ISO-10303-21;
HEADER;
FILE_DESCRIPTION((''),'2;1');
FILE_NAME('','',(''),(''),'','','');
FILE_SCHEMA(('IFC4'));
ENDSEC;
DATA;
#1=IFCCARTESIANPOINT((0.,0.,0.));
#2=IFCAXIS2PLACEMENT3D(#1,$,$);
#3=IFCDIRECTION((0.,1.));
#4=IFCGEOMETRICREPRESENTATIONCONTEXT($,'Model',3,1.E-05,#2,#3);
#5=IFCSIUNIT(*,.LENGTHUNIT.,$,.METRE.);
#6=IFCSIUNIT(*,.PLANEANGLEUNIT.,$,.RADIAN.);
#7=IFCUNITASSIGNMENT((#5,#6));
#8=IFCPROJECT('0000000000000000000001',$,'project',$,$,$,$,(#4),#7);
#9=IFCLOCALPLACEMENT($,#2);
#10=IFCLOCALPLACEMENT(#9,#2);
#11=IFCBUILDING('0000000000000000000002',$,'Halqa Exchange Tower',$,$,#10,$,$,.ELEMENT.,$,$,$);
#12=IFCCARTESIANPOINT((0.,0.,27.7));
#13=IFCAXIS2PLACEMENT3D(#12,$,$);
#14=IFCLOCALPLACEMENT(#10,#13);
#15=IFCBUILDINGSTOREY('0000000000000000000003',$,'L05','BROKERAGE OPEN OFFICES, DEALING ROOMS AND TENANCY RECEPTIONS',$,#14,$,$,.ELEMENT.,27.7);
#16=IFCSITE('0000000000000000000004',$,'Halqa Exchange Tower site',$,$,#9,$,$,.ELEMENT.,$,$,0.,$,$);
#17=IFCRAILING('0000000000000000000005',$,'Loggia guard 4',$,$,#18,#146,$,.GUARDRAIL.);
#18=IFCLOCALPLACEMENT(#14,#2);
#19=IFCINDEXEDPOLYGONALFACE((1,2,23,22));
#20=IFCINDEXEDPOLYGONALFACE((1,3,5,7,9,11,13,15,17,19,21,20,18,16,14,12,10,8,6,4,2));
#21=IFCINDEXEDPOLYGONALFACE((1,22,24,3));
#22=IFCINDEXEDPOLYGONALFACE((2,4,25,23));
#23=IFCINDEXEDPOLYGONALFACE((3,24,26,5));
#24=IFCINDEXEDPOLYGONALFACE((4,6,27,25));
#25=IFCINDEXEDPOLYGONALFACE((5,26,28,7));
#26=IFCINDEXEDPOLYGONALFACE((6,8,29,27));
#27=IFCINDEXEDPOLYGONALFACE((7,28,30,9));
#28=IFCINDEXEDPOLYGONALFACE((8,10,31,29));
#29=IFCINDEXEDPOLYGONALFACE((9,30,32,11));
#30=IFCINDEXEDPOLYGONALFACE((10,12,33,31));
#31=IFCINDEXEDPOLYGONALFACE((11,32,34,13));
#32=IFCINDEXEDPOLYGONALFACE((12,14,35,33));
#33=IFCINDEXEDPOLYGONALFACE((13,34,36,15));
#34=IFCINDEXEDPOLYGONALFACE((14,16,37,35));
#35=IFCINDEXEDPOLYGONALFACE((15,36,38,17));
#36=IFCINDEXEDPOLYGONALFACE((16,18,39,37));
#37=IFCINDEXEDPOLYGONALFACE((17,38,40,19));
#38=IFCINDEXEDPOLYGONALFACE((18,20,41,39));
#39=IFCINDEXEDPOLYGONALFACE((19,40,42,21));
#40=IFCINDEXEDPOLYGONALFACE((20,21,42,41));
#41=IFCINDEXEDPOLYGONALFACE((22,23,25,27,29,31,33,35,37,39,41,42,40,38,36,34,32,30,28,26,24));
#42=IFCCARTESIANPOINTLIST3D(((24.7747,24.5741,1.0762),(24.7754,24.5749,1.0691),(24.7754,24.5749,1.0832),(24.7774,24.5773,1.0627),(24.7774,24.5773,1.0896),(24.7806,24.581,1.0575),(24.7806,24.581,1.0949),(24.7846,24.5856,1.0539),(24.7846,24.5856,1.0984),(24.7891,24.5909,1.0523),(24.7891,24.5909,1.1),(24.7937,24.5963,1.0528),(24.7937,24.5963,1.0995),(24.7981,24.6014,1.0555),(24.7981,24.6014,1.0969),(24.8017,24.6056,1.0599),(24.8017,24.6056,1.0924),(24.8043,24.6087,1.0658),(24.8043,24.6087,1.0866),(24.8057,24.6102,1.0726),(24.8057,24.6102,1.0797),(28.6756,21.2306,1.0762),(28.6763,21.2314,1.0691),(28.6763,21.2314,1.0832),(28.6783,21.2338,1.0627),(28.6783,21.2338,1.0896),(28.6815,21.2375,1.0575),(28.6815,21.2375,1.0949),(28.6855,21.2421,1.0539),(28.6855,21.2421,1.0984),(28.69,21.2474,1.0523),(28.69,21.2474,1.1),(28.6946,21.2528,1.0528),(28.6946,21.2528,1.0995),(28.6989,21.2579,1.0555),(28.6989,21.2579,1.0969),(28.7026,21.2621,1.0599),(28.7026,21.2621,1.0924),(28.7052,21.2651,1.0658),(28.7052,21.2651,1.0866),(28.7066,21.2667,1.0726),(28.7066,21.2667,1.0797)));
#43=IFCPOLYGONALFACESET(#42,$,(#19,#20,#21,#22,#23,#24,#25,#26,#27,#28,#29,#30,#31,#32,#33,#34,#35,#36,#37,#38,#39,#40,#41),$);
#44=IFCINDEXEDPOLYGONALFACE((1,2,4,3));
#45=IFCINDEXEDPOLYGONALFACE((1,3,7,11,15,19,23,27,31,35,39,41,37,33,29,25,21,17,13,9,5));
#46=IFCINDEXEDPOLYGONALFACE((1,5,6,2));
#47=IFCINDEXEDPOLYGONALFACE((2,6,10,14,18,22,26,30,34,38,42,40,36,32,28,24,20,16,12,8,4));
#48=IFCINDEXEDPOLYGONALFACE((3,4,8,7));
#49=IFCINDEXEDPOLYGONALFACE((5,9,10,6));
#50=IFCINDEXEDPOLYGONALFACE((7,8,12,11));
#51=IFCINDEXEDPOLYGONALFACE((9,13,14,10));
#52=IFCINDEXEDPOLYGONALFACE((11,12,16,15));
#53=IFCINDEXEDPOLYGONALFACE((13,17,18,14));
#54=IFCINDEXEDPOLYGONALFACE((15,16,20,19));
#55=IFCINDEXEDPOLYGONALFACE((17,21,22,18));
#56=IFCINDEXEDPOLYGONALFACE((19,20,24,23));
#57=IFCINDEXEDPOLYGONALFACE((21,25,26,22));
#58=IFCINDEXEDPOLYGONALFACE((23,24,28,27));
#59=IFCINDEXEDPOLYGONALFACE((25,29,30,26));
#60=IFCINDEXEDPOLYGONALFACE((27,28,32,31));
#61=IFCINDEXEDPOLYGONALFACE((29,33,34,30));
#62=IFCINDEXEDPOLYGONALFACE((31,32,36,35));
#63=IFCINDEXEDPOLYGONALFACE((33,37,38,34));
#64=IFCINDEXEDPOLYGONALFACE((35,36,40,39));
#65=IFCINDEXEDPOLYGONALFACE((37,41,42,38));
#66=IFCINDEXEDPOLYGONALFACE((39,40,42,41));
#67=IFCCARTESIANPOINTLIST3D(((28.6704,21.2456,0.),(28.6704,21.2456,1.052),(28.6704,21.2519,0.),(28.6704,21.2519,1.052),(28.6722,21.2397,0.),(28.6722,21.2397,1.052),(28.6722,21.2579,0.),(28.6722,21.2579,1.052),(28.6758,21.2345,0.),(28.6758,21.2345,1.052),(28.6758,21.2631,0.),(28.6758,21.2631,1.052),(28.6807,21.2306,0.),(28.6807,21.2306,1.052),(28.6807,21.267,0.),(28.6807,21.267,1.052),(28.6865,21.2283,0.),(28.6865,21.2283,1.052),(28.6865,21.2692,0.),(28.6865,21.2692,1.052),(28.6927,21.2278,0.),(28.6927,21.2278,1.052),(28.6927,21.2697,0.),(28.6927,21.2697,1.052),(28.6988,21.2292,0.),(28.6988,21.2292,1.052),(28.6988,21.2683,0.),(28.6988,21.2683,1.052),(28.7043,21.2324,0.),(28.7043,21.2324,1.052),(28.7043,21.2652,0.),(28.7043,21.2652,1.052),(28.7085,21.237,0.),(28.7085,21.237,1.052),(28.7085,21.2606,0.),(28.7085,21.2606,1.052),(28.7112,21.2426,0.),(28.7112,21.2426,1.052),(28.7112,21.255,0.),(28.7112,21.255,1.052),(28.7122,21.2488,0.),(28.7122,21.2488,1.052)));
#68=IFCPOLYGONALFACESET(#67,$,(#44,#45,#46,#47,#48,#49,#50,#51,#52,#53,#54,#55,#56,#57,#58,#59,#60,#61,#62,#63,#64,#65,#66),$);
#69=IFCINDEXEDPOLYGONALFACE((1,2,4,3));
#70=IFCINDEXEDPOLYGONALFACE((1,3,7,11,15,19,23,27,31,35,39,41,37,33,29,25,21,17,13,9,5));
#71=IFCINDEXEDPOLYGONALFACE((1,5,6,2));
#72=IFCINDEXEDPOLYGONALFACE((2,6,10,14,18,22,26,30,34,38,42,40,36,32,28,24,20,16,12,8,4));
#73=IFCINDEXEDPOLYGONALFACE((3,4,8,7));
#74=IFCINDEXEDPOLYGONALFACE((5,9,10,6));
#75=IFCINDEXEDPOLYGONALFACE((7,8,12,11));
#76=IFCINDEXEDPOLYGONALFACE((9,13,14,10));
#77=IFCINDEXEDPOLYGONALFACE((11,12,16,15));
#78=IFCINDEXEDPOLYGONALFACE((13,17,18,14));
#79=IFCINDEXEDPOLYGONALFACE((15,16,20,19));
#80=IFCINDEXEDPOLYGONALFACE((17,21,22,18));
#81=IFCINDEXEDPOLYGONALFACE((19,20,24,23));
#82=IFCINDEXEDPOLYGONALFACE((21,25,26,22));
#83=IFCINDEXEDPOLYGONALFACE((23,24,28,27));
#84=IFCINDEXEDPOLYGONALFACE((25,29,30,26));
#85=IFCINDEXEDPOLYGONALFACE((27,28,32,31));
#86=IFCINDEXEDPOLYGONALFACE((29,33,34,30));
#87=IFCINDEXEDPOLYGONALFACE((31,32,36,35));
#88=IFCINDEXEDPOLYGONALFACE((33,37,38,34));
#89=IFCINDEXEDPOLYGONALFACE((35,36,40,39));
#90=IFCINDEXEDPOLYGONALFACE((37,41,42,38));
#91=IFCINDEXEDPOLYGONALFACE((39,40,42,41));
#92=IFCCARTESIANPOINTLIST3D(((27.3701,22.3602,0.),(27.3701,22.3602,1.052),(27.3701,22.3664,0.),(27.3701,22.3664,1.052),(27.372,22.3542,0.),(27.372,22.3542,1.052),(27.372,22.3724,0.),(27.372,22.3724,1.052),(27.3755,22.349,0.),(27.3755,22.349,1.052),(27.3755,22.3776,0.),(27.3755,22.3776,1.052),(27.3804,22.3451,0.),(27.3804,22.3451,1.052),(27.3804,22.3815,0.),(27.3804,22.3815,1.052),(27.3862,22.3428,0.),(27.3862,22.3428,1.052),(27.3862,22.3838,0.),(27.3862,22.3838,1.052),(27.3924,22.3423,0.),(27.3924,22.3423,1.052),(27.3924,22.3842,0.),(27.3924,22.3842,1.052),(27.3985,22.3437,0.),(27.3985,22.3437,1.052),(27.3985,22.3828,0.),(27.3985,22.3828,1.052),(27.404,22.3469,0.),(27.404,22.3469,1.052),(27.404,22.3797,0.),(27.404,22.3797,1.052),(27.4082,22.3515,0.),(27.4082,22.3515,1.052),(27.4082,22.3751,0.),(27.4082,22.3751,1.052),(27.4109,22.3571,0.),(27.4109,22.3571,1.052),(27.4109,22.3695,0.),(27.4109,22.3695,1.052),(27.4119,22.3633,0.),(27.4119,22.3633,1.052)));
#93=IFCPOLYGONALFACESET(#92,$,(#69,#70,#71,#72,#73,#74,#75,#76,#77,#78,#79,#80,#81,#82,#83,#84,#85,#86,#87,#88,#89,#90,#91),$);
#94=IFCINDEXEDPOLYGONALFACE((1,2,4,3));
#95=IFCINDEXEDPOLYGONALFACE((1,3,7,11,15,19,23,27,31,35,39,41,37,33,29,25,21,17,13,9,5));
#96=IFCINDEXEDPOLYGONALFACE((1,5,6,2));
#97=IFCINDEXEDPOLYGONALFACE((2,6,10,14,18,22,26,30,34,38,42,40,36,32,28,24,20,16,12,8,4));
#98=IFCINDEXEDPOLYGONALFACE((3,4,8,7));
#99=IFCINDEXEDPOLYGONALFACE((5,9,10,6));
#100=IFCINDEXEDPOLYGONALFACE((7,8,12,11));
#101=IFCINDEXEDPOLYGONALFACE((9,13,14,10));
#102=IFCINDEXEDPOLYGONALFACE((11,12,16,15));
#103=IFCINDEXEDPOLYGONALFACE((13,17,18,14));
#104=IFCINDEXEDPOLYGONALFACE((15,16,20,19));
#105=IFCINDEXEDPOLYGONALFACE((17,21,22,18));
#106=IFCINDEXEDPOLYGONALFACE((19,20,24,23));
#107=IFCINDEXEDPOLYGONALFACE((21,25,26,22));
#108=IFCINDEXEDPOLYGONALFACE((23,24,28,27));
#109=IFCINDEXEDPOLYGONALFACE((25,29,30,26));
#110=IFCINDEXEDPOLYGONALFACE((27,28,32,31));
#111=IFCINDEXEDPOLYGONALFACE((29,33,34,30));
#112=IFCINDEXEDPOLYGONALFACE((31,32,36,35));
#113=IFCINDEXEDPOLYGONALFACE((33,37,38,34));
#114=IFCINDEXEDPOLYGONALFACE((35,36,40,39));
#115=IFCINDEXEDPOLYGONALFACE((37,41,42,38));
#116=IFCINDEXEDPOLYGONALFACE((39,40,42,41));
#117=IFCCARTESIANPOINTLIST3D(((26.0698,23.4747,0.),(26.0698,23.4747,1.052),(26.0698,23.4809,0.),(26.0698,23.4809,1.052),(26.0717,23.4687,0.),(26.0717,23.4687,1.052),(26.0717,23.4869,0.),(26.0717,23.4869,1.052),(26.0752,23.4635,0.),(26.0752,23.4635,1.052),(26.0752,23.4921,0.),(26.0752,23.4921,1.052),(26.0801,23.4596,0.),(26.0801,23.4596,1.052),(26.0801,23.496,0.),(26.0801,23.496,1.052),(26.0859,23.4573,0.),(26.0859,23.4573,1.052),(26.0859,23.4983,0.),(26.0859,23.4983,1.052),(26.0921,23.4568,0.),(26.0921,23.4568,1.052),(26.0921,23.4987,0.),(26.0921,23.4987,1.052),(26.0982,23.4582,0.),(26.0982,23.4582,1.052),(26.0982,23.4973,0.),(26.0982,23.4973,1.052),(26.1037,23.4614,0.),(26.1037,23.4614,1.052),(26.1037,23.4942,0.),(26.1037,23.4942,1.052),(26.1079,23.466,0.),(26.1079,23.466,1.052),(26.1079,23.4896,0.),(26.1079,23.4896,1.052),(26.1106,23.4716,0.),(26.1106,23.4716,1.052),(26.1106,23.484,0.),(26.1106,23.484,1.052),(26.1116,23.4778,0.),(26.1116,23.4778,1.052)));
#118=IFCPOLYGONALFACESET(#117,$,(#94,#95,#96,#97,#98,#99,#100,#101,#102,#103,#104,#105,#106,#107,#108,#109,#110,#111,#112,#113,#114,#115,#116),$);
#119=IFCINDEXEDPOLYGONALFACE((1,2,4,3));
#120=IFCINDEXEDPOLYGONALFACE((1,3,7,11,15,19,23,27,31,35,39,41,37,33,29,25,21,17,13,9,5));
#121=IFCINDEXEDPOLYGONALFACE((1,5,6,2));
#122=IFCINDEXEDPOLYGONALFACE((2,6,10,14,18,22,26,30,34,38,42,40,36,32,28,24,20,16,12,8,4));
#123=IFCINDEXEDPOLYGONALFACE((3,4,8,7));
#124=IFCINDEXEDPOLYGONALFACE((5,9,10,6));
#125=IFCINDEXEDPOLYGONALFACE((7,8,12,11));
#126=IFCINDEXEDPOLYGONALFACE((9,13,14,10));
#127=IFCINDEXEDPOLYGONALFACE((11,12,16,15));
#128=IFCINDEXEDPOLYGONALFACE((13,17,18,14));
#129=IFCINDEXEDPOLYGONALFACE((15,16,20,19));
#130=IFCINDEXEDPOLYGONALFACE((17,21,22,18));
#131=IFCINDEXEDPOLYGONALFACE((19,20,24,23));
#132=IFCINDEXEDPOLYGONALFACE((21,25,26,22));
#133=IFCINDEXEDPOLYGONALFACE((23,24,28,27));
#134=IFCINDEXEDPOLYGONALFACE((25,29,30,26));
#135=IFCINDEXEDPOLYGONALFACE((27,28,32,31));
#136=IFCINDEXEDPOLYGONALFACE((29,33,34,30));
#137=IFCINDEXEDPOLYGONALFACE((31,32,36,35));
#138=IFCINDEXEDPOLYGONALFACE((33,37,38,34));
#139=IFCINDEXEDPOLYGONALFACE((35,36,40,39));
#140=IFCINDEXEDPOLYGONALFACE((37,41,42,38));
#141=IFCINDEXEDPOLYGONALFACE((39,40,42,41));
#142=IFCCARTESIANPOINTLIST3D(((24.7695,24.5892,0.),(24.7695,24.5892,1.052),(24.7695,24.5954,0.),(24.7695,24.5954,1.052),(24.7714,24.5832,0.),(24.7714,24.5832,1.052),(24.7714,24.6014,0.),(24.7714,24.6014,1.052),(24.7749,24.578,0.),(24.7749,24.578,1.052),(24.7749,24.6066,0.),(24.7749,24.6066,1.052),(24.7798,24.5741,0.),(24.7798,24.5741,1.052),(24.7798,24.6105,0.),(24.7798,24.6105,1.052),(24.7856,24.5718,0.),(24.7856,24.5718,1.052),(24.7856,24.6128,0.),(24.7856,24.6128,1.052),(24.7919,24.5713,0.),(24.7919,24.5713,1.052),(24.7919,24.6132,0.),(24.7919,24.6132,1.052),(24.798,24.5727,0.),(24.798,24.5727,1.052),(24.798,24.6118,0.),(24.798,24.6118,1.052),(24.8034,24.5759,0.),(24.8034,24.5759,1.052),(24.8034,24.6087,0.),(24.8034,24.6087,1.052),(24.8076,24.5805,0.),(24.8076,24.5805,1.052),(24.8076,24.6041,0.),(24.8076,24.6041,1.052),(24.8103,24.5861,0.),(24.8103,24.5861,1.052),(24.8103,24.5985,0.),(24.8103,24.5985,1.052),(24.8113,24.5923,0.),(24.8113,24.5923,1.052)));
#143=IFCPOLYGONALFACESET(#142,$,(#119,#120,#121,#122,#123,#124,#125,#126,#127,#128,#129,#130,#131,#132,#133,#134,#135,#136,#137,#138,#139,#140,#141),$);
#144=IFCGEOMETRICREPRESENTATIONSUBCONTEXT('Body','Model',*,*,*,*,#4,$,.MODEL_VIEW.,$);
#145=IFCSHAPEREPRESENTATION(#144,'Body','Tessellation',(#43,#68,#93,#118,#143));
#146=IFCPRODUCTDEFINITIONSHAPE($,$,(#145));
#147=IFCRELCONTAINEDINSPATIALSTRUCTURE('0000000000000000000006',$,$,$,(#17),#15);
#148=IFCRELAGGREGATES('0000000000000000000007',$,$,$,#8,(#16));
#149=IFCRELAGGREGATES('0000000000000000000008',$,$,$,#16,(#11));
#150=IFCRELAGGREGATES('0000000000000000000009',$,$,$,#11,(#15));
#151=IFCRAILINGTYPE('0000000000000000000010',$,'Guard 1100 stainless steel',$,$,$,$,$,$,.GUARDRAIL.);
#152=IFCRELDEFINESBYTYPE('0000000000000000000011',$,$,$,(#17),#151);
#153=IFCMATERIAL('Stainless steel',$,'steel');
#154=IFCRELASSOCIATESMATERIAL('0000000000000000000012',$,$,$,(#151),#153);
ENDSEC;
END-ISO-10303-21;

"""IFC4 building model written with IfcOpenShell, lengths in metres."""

from ifc_helpers import new_model, si_unit, direction, frame, origin, origin_2d, place, context, subcontext, project, spatial, circle, extrude, material, type_object, element, save


model = new_model("IFC4")

# Units and contexts
model_context = context("Model", 3, precision=1e-05, world=origin(), true_north=direction((0.0, 1.0)))
body_context = subcontext(model_context, "Body", "Model", "MODEL_VIEW")
ifc_project = project(units=[si_unit("LENGTHUNIT", "METRE"), si_unit("PLANEANGLEUNIT", "RADIAN")], contexts=[model_context])

# Site, building, storey
site_placement = place(None, origin())
site = spatial("IfcSite", under=ifc_project, at=site_placement, Name="Halqa Exchange Tower site", CompositionType="ELEMENT", RefElevation=0.0)
building_placement = place(site_placement, origin())
building = spatial("IfcBuilding", under=site, at=building_placement, Name="Halqa Exchange Tower", CompositionType="ELEMENT")
storey_placement = place(building_placement, frame((0.0, 0.0, 27.7)))
storey = spatial("IfcBuildingStorey", under=building, at=storey_placement, Name="L05", Description="BROKERAGE OPEN OFFICES, DEALING ROOMS AND TENANCY RECEPTIONS", CompositionType="ELEMENT", Elevation=27.7)

# Railing
ifc_material_1 = material(Name="Stainless steel", Category="steel")
railing_type = type_object("IfcRailingType", Name="Guard 1100 stainless steel", PredefinedType="GUARDRAIL", material=ifc_material_1)
railing_1_placement = place(storey_placement, frame((28.6912, 21.2488, 0.0)))
element("IfcRailing", 1, at=railing_1_placement, inside=storey, type_object=railing_type, Name="Loggia guard 4", PredefinedType="GUARDRAIL", context=body_context, shape_type="SweptSolid", body=[
    extrude(circle(Radius=0.0239, at=origin_2d()), frame((0.0, 0.0, 1.0762), z_axis=(-0.759267, 0.65078, 0.0), x_axis=(-0.65078, -0.759267, 0.0)), (0.0, 0.0, 1.0), 5.1377),
    extrude(circle(Radius=0.021, at=origin_2d()), origin(), (0.0, 0.0, 1.0), 1.052),
    extrude(circle(Radius=0.021, at=origin_2d()), frame((-1.3003, 1.1145, 0.0)), (0.0, 0.0, 1.0), 1.052),
    extrude(circle(Radius=0.021, at=origin_2d()), frame((-2.6006, 2.229, 0.0)), (0.0, 0.0, 1.0), 1.052),
    extrude(circle(Radius=0.021, at=origin_2d()), frame((-3.9009, 3.3435, 0.0)), (0.0, 0.0, 1.0), 1.052),
])

save(model, "model.ifc")
